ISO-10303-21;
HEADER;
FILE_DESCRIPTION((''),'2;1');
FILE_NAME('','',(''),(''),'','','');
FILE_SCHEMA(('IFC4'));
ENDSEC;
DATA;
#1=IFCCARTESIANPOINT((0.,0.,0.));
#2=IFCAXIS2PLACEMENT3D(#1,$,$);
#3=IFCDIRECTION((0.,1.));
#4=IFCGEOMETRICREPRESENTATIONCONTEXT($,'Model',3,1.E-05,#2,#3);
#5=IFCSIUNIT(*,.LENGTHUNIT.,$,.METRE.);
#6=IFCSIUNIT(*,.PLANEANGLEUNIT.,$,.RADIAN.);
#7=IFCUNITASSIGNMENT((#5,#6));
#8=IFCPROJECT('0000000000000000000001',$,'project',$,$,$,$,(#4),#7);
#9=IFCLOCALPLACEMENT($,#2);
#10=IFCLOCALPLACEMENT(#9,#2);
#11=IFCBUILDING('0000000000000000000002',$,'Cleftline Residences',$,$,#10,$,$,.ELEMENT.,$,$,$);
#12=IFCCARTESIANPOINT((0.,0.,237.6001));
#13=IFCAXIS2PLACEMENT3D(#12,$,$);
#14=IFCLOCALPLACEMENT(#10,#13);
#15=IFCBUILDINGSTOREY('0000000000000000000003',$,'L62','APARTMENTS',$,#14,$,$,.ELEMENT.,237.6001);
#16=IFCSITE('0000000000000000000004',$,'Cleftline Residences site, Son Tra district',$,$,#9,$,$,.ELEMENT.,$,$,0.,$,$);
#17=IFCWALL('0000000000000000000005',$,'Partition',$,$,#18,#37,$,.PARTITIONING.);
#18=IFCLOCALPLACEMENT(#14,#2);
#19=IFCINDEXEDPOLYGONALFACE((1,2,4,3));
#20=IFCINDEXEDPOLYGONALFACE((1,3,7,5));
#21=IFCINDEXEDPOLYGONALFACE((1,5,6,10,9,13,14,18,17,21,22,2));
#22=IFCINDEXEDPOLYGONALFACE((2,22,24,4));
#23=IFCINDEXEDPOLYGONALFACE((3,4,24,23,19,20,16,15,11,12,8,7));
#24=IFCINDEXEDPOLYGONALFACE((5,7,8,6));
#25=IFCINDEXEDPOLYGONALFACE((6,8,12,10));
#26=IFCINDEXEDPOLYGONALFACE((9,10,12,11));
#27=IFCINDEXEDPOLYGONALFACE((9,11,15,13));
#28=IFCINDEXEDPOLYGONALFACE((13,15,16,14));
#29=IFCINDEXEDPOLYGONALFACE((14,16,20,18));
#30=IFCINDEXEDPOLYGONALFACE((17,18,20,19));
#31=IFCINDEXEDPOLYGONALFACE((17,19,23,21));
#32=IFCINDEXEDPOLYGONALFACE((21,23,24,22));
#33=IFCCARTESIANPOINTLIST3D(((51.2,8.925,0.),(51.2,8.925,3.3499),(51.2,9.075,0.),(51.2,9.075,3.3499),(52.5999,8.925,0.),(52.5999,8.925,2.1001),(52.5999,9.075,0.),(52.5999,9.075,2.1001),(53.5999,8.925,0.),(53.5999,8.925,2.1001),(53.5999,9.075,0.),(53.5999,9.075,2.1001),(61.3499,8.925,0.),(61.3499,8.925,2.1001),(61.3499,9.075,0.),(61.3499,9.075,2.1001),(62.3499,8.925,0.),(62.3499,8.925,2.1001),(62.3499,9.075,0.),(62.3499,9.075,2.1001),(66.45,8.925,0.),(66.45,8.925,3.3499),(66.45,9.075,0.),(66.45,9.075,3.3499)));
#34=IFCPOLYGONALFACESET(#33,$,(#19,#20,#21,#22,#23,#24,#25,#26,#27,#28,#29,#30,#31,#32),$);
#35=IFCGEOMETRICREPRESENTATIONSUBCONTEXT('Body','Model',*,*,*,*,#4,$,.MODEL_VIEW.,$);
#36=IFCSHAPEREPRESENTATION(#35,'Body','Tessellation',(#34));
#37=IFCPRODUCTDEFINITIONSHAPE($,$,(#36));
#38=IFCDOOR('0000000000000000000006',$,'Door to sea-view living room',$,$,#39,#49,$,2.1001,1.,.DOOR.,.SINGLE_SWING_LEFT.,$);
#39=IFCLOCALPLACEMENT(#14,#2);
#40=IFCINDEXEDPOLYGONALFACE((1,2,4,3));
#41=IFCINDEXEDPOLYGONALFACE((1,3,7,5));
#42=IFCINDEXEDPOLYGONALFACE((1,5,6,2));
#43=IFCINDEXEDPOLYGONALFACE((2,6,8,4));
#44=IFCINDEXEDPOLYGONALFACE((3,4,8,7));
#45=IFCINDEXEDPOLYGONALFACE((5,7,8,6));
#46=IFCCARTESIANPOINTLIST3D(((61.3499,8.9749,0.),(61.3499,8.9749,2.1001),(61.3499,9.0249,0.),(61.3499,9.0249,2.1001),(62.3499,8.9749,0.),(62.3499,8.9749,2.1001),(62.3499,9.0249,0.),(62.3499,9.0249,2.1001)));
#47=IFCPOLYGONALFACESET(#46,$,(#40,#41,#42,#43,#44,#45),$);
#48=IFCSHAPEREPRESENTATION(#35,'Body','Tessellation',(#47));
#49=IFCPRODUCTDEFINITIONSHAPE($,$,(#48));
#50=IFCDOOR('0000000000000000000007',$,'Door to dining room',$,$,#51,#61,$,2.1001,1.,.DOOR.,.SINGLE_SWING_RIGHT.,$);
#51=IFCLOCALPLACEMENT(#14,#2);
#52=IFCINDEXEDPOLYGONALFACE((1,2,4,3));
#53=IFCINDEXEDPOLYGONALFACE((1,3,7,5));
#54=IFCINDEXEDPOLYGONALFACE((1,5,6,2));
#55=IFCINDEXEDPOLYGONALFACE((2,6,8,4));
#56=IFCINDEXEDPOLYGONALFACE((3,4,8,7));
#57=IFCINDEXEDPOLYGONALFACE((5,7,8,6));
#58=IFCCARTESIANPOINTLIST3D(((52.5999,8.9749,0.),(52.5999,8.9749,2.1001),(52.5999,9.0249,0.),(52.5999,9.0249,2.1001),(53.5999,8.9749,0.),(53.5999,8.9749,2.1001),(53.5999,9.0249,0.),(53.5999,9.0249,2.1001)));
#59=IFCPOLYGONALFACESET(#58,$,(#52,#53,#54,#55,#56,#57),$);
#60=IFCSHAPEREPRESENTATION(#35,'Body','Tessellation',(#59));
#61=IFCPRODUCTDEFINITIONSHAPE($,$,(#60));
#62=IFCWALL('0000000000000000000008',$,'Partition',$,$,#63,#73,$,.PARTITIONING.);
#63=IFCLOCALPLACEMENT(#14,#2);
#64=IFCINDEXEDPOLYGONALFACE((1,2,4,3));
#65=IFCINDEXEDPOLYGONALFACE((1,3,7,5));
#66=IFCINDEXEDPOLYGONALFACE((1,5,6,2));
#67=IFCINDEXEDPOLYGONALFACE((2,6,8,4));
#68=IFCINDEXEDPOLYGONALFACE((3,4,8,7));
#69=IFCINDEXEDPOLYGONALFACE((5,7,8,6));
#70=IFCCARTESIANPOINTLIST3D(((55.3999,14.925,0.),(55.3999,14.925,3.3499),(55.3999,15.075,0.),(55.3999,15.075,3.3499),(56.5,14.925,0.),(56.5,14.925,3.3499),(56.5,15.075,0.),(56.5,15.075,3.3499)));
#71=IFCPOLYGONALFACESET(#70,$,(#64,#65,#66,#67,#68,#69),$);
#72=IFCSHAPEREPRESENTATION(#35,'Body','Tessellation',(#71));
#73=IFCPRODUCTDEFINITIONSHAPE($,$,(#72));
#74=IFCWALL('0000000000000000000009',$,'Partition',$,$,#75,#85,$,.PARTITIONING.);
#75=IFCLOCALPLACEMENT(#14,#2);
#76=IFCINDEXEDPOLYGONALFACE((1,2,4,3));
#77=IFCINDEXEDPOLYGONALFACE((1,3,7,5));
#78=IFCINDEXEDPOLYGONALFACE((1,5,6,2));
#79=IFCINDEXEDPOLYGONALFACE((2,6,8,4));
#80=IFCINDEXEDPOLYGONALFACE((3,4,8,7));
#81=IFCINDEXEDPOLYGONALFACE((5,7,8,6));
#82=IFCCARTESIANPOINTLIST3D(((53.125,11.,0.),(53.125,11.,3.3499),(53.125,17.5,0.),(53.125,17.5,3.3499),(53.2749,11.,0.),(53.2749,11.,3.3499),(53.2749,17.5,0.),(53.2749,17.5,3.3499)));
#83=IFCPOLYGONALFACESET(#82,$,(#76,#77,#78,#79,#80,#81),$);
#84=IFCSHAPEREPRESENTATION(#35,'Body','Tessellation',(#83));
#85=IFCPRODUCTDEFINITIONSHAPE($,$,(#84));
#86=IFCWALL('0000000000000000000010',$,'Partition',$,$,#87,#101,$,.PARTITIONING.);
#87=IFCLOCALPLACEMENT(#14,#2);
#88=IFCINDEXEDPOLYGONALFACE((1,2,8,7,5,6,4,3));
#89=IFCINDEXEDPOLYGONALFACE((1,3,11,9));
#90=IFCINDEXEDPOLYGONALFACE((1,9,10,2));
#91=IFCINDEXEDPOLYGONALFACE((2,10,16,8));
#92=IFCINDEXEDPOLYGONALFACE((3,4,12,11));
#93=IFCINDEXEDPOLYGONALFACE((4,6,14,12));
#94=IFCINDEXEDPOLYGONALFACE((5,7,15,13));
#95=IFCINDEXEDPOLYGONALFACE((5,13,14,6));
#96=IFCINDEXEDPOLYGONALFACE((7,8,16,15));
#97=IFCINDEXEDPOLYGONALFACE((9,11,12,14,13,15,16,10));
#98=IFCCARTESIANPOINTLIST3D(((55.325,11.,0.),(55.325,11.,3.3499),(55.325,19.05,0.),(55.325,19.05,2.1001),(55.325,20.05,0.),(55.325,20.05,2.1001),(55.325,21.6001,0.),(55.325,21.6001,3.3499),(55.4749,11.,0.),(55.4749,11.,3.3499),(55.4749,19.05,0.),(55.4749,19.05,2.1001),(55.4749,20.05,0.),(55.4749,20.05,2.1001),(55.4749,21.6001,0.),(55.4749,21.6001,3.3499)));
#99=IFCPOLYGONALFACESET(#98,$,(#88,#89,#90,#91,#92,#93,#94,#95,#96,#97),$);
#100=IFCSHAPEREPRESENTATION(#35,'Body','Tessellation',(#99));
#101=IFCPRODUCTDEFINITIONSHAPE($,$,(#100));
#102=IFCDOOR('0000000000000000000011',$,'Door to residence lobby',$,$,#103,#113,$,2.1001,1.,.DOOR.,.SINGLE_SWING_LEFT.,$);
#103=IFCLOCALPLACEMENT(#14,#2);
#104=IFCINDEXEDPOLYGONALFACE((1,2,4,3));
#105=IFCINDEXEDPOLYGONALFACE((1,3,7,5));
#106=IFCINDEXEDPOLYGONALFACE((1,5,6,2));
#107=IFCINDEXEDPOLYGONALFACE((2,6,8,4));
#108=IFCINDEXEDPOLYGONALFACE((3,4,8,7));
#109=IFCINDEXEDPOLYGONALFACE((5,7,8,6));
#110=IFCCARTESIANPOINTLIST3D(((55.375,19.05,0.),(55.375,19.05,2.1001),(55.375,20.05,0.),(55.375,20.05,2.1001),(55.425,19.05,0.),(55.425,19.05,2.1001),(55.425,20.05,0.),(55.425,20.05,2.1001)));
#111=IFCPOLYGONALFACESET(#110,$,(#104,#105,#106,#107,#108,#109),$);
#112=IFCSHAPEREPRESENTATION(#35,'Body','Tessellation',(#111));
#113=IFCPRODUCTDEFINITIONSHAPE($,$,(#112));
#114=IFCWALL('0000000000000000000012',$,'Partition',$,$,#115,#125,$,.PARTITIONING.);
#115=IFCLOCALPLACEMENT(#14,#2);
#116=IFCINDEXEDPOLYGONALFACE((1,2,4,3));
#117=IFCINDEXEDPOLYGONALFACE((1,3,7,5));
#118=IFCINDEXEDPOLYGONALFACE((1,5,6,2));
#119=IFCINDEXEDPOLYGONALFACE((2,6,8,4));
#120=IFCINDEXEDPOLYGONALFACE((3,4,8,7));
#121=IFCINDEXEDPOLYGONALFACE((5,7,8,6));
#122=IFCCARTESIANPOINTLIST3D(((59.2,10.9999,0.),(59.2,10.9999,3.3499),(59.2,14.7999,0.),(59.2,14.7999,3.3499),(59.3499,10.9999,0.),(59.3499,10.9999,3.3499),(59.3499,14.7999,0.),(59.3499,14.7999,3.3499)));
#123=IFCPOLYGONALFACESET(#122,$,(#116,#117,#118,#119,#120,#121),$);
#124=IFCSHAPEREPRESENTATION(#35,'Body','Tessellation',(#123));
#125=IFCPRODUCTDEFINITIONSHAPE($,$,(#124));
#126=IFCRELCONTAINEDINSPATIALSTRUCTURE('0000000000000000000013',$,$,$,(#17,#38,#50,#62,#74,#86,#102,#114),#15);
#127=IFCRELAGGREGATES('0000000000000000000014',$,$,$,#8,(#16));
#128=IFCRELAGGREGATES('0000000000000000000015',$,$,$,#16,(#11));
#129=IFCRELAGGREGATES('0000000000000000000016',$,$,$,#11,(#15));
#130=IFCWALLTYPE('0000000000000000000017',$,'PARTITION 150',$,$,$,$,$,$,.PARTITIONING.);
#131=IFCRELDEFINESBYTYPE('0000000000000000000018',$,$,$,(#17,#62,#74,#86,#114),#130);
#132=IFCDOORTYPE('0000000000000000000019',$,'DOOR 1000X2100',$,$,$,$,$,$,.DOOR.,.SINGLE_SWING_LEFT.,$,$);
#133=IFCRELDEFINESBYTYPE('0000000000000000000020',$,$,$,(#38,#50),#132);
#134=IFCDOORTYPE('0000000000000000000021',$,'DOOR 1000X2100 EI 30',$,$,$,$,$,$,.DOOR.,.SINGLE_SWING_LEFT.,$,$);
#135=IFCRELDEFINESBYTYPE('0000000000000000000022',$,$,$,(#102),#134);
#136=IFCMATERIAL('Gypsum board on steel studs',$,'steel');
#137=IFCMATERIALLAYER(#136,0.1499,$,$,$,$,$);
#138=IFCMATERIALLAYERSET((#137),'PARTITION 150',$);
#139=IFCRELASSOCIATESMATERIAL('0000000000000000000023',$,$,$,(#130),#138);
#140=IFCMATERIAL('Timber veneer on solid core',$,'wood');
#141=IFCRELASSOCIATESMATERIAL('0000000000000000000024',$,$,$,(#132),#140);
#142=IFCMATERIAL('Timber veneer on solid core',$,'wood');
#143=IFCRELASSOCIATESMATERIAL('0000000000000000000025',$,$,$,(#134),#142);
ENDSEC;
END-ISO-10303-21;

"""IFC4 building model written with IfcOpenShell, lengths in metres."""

from ifc_helpers import new_model, si_unit, direction, frame, frame_2d, origin, place, context, subcontext, project, spatial, rectangle, extrude, material, layer, layer_set, type_object, element, fill, save


model = new_model("IFC4")

# Units and contexts
model_context = context("Model", 3, precision=1e-05, world=origin(), true_north=direction((0.0, 1.0)))
body_context = subcontext(model_context, "Body", "Model", "MODEL_VIEW")
ifc_project = project(units=[si_unit("LENGTHUNIT", "METRE"), si_unit("PLANEANGLEUNIT", "RADIAN")], contexts=[model_context])

# Site, building, storey
site_placement = place(None, origin())
site = spatial("IfcSite", under=ifc_project, at=site_placement, Name="Cleftline Residences site, Son Tra district", CompositionType="ELEMENT", RefElevation=0.0)
building_placement = place(site_placement, origin())
building = spatial("IfcBuilding", under=site, at=building_placement, Name="Cleftline Residences", CompositionType="ELEMENT")
storey_placement = place(building_placement, frame((0.0, 0.0, 237.6001)))
storey = spatial("IfcBuildingStorey", under=building, at=storey_placement, Name="L62", Description="APARTMENTS", CompositionType="ELEMENT", Elevation=237.6001)

# Wall, openings, doors
ifc_material_1 = material(Name="Gypsum board on steel studs", Category="steel")
ifc_layer = layer(ifc_material_1, 0.1499)
ifc_layer_set = layer_set([ifc_layer], Name="PARTITION 150")
wall_type = type_object("IfcWallType", Name="PARTITION 150", PredefinedType="PARTITIONING", material=ifc_layer_set)
wall_1_placement = place(storey_placement, frame((51.2, 9.0, 0.0), z_axis=(0.0, 0.0, 1.0), x_axis=(1.0, 0.0, 0.0)))
wall_1 = element("IfcWall", 1, at=wall_1_placement, inside=storey, type_object=wall_type, Name="Partition", PredefinedType="PARTITIONING", context=body_context, shape_type="SweptSolid", body=[
    extrude(rectangle(XDim=15.25, YDim=0.1499, at=frame_2d((7.625, 0.0))), origin(), (0.0, 0.0, 1.0), 3.3499),
])
opening_1_placement = place(wall_1_placement, frame((10.1499, 0.0, 0.0)))
opening_1 = element("IfcOpeningElement", 2, at=opening_1_placement, cuts=wall_1, PredefinedType="OPENING", context=body_context, shape_type="SweptSolid", body=[
    extrude(rectangle(XDim=1.0, YDim=2.1001, at=frame_2d((0.5, 1.05))), frame((0.0, 0.085, 0.0), z_axis=(0.0, -1.0, 0.0), x_axis=(1.0, 0.0, 0.0)), (0.0, 0.0, 1.0), 0.1699),
])
opening_2_placement = place(wall_1_placement, frame((1.3999, 0.0, 0.0)))
opening_2 = element("IfcOpeningElement", 3, at=opening_2_placement, cuts=wall_1, PredefinedType="OPENING", context=body_context, shape_type="SweptSolid", body=[
    extrude(rectangle(XDim=1.0, YDim=2.1001, at=frame_2d((0.5, 1.05))), frame((0.0, 0.085, 0.0), z_axis=(0.0, -1.0, 0.0), x_axis=(1.0, 0.0, 0.0)), (0.0, 0.0, 1.0), 0.1699),
])
ifc_material_2 = material(Name="Timber veneer on solid core", Category="wood")
door_type_1 = type_object("IfcDoorType", Name="DOOR 1000X2100", OperationType="SINGLE_SWING_LEFT", PredefinedType="DOOR", material=ifc_material_2)
door_1_placement = place(opening_1_placement, origin())
door_1 = element("IfcDoor", 4, at=door_1_placement, inside=storey, type_object=door_type_1, Name="Door to sea-view living room", OperationType="SINGLE_SWING_LEFT", OverallHeight=2.1001, OverallWidth=1.0, PredefinedType="DOOR", context=body_context, shape_type="SweptSolid", body=[
    extrude(rectangle(XDim=1.0, YDim=2.1001, at=frame_2d((0.5, 1.05))), frame((0.0, 0.0249, 0.0), z_axis=(0.0, -1.0, 0.0), x_axis=(1.0, 0.0, 0.0)), (0.0, 0.0, 1.0), 0.05),
])
fill(opening_1, door_1)
door_2_placement = place(opening_2_placement, origin())
door_2 = element("IfcDoor", 5, at=door_2_placement, inside=storey, type_object=door_type_1, Name="Door to dining room", OperationType="SINGLE_SWING_RIGHT", OverallHeight=2.1001, OverallWidth=1.0, PredefinedType="DOOR", context=body_context, shape_type="SweptSolid", body=[
    extrude(rectangle(XDim=1.0, YDim=2.1001, at=frame_2d((0.5, 1.05))), frame((0.0, 0.0249, 0.0), z_axis=(0.0, -1.0, 0.0), x_axis=(1.0, 0.0, 0.0)), (0.0, 0.0, 1.0), 0.05),
])
fill(opening_2, door_2)

# Walls
wall_2_placement = place(storey_placement, frame((55.3999, 15.0, 0.0), z_axis=(0.0, 0.0, 1.0), x_axis=(1.0, 0.0, 0.0)))
element("IfcWall", 6, at=wall_2_placement, inside=storey, type_object=wall_type, Name="Partition", PredefinedType="PARTITIONING", context=body_context, shape_type="SweptSolid", body=[
    extrude(rectangle(XDim=1.1001, YDim=0.1499, at=frame_2d((0.55, 0.0))), origin(), (0.0, 0.0, 1.0), 3.3499),
])
wall_3_placement = place(storey_placement, frame((53.2, 11.0, 0.0), z_axis=(0.0, 0.0, 1.0), x_axis=(0.0, 1.0, 0.0)))
element("IfcWall", 7, at=wall_3_placement, inside=storey, type_object=wall_type, Name="Partition", PredefinedType="PARTITIONING", context=body_context, shape_type="SweptSolid", body=[
    extrude(rectangle(XDim=6.5, YDim=0.1499, at=frame_2d((3.25, 0.0))), origin(), (0.0, 0.0, 1.0), 3.3499),
])

# Wall, opening, door
wall_4_placement = place(storey_placement, frame((55.3999, 11.0, 0.0), z_axis=(0.0, 0.0, 1.0), x_axis=(0.0, 1.0, 0.0)))
wall_4 = element("IfcWall", 8, at=wall_4_placement, inside=storey, type_object=wall_type, Name="Partition", PredefinedType="PARTITIONING", context=body_context, shape_type="SweptSolid", body=[
    extrude(rectangle(XDim=10.6001, YDim=0.1499, at=frame_2d((5.3, 0.0))), origin(), (0.0, 0.0, 1.0), 3.3499),
])
opening_3_placement = place(wall_4_placement, frame((8.05, 0.0, 0.0)))
opening_3 = element("IfcOpeningElement", 9, at=opening_3_placement, cuts=wall_4, PredefinedType="OPENING", context=body_context, shape_type="SweptSolid", body=[
    extrude(rectangle(XDim=1.0, YDim=2.1001, at=frame_2d((0.5, 1.05))), frame((0.0, 0.085, 0.0), z_axis=(0.0, -1.0, 0.0), x_axis=(1.0, 0.0, 0.0)), (0.0, 0.0, 1.0), 0.1699),
])
ifc_material_3 = material(Name="Timber veneer on solid core", Category="wood")
door_type_2 = type_object("IfcDoorType", Name="DOOR 1000X2100 EI 30", OperationType="SINGLE_SWING_LEFT", PredefinedType="DOOR", material=ifc_material_3)
door_3_placement = place(opening_3_placement, origin())
door_3 = element("IfcDoor", 10, at=door_3_placement, inside=storey, type_object=door_type_2, Name="Door to residence lobby", OperationType="SINGLE_SWING_LEFT", OverallHeight=2.1001, OverallWidth=1.0, PredefinedType="DOOR", context=body_context, shape_type="SweptSolid", body=[
    extrude(rectangle(XDim=1.0, YDim=2.1001, at=frame_2d((0.5, 1.05))), frame((0.0, 0.0249, 0.0), z_axis=(0.0, -1.0, 0.0), x_axis=(1.0, 0.0, 0.0)), (0.0, 0.0, 1.0), 0.05),
])
fill(opening_3, door_3)

# Wall
wall_5_placement = place(storey_placement, frame((59.2749, 11.0, 0.0), z_axis=(0.0, 0.0, 1.0), x_axis=(0.0, 1.0, 0.0)))
element("IfcWall", 11, at=wall_5_placement, inside=storey, type_object=wall_type, Name="Partition", PredefinedType="PARTITIONING", context=body_context, shape_type="SweptSolid", body=[
    extrude(rectangle(XDim=3.8, YDim=0.1499, at=frame_2d((1.8999, 0.0))), origin(), (0.0, 0.0, 1.0), 3.3499),
])

save(model, "model.ifc")
